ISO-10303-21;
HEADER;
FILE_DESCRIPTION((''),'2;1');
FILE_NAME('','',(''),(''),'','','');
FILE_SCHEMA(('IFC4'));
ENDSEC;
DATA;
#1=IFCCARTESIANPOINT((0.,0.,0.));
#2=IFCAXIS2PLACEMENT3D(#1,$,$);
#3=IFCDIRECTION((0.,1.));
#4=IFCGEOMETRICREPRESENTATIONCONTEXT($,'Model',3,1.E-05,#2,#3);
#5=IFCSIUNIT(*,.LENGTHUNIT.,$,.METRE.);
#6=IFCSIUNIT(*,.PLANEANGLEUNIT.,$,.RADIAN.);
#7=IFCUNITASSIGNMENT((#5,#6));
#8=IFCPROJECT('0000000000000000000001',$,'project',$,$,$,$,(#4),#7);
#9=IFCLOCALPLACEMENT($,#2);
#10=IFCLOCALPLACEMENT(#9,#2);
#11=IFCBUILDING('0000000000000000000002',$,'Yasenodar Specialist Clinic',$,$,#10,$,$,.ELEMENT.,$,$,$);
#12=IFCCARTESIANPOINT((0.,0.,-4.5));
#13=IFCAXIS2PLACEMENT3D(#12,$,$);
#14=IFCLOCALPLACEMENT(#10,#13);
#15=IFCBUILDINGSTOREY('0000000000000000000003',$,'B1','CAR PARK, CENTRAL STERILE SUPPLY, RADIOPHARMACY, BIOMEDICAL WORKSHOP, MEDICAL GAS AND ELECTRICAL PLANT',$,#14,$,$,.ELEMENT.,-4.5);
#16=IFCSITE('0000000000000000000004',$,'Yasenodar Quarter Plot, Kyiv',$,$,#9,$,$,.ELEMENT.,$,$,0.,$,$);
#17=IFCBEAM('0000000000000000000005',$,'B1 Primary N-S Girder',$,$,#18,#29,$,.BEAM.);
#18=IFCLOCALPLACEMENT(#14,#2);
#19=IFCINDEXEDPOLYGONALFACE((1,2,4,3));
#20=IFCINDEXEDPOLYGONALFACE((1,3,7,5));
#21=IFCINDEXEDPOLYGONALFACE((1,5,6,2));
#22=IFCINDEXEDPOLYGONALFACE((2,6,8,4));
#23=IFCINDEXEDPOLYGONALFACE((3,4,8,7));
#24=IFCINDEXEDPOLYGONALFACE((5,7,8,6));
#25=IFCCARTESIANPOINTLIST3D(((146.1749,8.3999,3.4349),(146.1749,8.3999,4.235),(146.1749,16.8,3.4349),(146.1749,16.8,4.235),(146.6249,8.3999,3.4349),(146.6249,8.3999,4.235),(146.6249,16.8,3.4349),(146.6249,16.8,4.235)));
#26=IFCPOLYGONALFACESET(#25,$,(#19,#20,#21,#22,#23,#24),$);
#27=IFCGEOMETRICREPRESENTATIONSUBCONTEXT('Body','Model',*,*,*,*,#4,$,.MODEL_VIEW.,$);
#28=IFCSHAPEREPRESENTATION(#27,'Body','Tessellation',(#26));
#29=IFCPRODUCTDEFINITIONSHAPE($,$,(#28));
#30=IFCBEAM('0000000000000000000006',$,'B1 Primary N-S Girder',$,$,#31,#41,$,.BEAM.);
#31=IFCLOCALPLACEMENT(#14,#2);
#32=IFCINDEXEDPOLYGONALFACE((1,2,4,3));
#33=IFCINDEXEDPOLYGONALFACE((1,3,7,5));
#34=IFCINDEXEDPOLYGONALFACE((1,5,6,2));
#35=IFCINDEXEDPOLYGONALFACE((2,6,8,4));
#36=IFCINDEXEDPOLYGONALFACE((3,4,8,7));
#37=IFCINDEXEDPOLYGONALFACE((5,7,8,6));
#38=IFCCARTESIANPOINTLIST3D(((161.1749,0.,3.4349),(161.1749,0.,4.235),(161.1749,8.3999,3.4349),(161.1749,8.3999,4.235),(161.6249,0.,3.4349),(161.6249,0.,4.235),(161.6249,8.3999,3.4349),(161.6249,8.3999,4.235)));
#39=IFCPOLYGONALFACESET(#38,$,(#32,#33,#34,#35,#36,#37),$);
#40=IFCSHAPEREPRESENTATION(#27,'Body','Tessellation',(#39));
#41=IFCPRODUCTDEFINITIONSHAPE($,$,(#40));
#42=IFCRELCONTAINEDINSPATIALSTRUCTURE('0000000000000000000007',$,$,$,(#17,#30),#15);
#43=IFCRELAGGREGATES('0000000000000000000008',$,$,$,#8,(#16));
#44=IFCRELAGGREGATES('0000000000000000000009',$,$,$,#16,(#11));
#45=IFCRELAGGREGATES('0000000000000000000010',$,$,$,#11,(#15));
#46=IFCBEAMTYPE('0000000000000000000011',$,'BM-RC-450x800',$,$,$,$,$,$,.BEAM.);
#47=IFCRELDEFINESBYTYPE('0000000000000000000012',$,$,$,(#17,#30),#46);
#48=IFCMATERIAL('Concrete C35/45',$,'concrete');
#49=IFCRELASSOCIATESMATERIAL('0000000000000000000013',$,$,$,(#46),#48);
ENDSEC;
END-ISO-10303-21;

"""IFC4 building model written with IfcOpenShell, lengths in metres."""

from ifc_helpers import new_model, si_unit, direction, frame, origin, origin_2d, place, context, subcontext, project, spatial, rectangle, extrude, material, material_profile, profile_set, type_object, element, save


model = new_model("IFC4")

# Units and contexts
model_context = context("Model", 3, precision=1e-05, world=origin(), true_north=direction((0.0, 1.0)))
body_context = subcontext(model_context, "Body", "Model", "MODEL_VIEW")
ifc_project = project(units=[si_unit("LENGTHUNIT", "METRE"), si_unit("PLANEANGLEUNIT", "RADIAN")], contexts=[model_context])

# Site, building, storey
site_placement = place(None, origin())
site = spatial("IfcSite", under=ifc_project, at=site_placement, Name="Yasenodar Quarter Plot, Kyiv", CompositionType="ELEMENT", RefElevation=0.0)
building_placement = place(site_placement, origin())
building = spatial("IfcBuilding", under=site, at=building_placement, Name="Yasenodar Specialist Clinic", CompositionType="ELEMENT")
storey_placement = place(building_placement, frame((0.0, 0.0, -4.5)))
storey = spatial("IfcBuildingStorey", under=building, at=storey_placement, Name="B1", Description="CAR PARK, CENTRAL STERILE SUPPLY, RADIOPHARMACY, BIOMEDICAL WORKSHOP, MEDICAL GAS AND ELECTRICAL PLANT", CompositionType="ELEMENT", Elevation=-4.5)

# Shared definitions
ifc_material_1 = material(Name="Concrete C35/45", Category="concrete")

# Beams
ifc_material_profile_1 = material_profile(ifc_material_1, rectangle(XDim=0.45, YDim=0.8, at=origin_2d()), Name="RC 450x800")
ifc_profile_set_1 = profile_set([ifc_material_profile_1], Name="Concrete C35/45")
beam_type_1 = type_object("IfcBeamType", Name="BM-RC-450x800", PredefinedType="BEAM", material=ifc_profile_set_1)
beam_1_placement = place(storey_placement, frame((146.3999, 8.3999, 3.835), z_axis=(0.0, 1.0, 0.0), x_axis=(-1.0, 0.0, 0.0)))
element("IfcBeam", 1, at=beam_1_placement, inside=storey, type_object=beam_type_1, Name="B1 Primary N-S Girder", PredefinedType="BEAM", context=body_context, shape_type="SweptSolid", body=[
    extrude(rectangle(XDim=0.45, YDim=0.8, at=origin_2d()), origin(), (0.0, 0.0, 1.0), 8.4001),
])
beam_2_placement = place(storey_placement, frame((161.3999, 0.0, 3.835), z_axis=(0.0, 1.0, 0.0), x_axis=(-1.0, 0.0, 0.0)))
element("IfcBeam", 2, at=beam_2_placement, inside=storey, type_object=beam_type_1, Name="B1 Primary N-S Girder", PredefinedType="BEAM", context=body_context, shape_type="SweptSolid", body=[
    extrude(rectangle(XDim=0.45, YDim=0.8, at=origin_2d()), origin(), (0.0, 0.0, 1.0), 8.3999),
])

save(model, "model.ifc")
